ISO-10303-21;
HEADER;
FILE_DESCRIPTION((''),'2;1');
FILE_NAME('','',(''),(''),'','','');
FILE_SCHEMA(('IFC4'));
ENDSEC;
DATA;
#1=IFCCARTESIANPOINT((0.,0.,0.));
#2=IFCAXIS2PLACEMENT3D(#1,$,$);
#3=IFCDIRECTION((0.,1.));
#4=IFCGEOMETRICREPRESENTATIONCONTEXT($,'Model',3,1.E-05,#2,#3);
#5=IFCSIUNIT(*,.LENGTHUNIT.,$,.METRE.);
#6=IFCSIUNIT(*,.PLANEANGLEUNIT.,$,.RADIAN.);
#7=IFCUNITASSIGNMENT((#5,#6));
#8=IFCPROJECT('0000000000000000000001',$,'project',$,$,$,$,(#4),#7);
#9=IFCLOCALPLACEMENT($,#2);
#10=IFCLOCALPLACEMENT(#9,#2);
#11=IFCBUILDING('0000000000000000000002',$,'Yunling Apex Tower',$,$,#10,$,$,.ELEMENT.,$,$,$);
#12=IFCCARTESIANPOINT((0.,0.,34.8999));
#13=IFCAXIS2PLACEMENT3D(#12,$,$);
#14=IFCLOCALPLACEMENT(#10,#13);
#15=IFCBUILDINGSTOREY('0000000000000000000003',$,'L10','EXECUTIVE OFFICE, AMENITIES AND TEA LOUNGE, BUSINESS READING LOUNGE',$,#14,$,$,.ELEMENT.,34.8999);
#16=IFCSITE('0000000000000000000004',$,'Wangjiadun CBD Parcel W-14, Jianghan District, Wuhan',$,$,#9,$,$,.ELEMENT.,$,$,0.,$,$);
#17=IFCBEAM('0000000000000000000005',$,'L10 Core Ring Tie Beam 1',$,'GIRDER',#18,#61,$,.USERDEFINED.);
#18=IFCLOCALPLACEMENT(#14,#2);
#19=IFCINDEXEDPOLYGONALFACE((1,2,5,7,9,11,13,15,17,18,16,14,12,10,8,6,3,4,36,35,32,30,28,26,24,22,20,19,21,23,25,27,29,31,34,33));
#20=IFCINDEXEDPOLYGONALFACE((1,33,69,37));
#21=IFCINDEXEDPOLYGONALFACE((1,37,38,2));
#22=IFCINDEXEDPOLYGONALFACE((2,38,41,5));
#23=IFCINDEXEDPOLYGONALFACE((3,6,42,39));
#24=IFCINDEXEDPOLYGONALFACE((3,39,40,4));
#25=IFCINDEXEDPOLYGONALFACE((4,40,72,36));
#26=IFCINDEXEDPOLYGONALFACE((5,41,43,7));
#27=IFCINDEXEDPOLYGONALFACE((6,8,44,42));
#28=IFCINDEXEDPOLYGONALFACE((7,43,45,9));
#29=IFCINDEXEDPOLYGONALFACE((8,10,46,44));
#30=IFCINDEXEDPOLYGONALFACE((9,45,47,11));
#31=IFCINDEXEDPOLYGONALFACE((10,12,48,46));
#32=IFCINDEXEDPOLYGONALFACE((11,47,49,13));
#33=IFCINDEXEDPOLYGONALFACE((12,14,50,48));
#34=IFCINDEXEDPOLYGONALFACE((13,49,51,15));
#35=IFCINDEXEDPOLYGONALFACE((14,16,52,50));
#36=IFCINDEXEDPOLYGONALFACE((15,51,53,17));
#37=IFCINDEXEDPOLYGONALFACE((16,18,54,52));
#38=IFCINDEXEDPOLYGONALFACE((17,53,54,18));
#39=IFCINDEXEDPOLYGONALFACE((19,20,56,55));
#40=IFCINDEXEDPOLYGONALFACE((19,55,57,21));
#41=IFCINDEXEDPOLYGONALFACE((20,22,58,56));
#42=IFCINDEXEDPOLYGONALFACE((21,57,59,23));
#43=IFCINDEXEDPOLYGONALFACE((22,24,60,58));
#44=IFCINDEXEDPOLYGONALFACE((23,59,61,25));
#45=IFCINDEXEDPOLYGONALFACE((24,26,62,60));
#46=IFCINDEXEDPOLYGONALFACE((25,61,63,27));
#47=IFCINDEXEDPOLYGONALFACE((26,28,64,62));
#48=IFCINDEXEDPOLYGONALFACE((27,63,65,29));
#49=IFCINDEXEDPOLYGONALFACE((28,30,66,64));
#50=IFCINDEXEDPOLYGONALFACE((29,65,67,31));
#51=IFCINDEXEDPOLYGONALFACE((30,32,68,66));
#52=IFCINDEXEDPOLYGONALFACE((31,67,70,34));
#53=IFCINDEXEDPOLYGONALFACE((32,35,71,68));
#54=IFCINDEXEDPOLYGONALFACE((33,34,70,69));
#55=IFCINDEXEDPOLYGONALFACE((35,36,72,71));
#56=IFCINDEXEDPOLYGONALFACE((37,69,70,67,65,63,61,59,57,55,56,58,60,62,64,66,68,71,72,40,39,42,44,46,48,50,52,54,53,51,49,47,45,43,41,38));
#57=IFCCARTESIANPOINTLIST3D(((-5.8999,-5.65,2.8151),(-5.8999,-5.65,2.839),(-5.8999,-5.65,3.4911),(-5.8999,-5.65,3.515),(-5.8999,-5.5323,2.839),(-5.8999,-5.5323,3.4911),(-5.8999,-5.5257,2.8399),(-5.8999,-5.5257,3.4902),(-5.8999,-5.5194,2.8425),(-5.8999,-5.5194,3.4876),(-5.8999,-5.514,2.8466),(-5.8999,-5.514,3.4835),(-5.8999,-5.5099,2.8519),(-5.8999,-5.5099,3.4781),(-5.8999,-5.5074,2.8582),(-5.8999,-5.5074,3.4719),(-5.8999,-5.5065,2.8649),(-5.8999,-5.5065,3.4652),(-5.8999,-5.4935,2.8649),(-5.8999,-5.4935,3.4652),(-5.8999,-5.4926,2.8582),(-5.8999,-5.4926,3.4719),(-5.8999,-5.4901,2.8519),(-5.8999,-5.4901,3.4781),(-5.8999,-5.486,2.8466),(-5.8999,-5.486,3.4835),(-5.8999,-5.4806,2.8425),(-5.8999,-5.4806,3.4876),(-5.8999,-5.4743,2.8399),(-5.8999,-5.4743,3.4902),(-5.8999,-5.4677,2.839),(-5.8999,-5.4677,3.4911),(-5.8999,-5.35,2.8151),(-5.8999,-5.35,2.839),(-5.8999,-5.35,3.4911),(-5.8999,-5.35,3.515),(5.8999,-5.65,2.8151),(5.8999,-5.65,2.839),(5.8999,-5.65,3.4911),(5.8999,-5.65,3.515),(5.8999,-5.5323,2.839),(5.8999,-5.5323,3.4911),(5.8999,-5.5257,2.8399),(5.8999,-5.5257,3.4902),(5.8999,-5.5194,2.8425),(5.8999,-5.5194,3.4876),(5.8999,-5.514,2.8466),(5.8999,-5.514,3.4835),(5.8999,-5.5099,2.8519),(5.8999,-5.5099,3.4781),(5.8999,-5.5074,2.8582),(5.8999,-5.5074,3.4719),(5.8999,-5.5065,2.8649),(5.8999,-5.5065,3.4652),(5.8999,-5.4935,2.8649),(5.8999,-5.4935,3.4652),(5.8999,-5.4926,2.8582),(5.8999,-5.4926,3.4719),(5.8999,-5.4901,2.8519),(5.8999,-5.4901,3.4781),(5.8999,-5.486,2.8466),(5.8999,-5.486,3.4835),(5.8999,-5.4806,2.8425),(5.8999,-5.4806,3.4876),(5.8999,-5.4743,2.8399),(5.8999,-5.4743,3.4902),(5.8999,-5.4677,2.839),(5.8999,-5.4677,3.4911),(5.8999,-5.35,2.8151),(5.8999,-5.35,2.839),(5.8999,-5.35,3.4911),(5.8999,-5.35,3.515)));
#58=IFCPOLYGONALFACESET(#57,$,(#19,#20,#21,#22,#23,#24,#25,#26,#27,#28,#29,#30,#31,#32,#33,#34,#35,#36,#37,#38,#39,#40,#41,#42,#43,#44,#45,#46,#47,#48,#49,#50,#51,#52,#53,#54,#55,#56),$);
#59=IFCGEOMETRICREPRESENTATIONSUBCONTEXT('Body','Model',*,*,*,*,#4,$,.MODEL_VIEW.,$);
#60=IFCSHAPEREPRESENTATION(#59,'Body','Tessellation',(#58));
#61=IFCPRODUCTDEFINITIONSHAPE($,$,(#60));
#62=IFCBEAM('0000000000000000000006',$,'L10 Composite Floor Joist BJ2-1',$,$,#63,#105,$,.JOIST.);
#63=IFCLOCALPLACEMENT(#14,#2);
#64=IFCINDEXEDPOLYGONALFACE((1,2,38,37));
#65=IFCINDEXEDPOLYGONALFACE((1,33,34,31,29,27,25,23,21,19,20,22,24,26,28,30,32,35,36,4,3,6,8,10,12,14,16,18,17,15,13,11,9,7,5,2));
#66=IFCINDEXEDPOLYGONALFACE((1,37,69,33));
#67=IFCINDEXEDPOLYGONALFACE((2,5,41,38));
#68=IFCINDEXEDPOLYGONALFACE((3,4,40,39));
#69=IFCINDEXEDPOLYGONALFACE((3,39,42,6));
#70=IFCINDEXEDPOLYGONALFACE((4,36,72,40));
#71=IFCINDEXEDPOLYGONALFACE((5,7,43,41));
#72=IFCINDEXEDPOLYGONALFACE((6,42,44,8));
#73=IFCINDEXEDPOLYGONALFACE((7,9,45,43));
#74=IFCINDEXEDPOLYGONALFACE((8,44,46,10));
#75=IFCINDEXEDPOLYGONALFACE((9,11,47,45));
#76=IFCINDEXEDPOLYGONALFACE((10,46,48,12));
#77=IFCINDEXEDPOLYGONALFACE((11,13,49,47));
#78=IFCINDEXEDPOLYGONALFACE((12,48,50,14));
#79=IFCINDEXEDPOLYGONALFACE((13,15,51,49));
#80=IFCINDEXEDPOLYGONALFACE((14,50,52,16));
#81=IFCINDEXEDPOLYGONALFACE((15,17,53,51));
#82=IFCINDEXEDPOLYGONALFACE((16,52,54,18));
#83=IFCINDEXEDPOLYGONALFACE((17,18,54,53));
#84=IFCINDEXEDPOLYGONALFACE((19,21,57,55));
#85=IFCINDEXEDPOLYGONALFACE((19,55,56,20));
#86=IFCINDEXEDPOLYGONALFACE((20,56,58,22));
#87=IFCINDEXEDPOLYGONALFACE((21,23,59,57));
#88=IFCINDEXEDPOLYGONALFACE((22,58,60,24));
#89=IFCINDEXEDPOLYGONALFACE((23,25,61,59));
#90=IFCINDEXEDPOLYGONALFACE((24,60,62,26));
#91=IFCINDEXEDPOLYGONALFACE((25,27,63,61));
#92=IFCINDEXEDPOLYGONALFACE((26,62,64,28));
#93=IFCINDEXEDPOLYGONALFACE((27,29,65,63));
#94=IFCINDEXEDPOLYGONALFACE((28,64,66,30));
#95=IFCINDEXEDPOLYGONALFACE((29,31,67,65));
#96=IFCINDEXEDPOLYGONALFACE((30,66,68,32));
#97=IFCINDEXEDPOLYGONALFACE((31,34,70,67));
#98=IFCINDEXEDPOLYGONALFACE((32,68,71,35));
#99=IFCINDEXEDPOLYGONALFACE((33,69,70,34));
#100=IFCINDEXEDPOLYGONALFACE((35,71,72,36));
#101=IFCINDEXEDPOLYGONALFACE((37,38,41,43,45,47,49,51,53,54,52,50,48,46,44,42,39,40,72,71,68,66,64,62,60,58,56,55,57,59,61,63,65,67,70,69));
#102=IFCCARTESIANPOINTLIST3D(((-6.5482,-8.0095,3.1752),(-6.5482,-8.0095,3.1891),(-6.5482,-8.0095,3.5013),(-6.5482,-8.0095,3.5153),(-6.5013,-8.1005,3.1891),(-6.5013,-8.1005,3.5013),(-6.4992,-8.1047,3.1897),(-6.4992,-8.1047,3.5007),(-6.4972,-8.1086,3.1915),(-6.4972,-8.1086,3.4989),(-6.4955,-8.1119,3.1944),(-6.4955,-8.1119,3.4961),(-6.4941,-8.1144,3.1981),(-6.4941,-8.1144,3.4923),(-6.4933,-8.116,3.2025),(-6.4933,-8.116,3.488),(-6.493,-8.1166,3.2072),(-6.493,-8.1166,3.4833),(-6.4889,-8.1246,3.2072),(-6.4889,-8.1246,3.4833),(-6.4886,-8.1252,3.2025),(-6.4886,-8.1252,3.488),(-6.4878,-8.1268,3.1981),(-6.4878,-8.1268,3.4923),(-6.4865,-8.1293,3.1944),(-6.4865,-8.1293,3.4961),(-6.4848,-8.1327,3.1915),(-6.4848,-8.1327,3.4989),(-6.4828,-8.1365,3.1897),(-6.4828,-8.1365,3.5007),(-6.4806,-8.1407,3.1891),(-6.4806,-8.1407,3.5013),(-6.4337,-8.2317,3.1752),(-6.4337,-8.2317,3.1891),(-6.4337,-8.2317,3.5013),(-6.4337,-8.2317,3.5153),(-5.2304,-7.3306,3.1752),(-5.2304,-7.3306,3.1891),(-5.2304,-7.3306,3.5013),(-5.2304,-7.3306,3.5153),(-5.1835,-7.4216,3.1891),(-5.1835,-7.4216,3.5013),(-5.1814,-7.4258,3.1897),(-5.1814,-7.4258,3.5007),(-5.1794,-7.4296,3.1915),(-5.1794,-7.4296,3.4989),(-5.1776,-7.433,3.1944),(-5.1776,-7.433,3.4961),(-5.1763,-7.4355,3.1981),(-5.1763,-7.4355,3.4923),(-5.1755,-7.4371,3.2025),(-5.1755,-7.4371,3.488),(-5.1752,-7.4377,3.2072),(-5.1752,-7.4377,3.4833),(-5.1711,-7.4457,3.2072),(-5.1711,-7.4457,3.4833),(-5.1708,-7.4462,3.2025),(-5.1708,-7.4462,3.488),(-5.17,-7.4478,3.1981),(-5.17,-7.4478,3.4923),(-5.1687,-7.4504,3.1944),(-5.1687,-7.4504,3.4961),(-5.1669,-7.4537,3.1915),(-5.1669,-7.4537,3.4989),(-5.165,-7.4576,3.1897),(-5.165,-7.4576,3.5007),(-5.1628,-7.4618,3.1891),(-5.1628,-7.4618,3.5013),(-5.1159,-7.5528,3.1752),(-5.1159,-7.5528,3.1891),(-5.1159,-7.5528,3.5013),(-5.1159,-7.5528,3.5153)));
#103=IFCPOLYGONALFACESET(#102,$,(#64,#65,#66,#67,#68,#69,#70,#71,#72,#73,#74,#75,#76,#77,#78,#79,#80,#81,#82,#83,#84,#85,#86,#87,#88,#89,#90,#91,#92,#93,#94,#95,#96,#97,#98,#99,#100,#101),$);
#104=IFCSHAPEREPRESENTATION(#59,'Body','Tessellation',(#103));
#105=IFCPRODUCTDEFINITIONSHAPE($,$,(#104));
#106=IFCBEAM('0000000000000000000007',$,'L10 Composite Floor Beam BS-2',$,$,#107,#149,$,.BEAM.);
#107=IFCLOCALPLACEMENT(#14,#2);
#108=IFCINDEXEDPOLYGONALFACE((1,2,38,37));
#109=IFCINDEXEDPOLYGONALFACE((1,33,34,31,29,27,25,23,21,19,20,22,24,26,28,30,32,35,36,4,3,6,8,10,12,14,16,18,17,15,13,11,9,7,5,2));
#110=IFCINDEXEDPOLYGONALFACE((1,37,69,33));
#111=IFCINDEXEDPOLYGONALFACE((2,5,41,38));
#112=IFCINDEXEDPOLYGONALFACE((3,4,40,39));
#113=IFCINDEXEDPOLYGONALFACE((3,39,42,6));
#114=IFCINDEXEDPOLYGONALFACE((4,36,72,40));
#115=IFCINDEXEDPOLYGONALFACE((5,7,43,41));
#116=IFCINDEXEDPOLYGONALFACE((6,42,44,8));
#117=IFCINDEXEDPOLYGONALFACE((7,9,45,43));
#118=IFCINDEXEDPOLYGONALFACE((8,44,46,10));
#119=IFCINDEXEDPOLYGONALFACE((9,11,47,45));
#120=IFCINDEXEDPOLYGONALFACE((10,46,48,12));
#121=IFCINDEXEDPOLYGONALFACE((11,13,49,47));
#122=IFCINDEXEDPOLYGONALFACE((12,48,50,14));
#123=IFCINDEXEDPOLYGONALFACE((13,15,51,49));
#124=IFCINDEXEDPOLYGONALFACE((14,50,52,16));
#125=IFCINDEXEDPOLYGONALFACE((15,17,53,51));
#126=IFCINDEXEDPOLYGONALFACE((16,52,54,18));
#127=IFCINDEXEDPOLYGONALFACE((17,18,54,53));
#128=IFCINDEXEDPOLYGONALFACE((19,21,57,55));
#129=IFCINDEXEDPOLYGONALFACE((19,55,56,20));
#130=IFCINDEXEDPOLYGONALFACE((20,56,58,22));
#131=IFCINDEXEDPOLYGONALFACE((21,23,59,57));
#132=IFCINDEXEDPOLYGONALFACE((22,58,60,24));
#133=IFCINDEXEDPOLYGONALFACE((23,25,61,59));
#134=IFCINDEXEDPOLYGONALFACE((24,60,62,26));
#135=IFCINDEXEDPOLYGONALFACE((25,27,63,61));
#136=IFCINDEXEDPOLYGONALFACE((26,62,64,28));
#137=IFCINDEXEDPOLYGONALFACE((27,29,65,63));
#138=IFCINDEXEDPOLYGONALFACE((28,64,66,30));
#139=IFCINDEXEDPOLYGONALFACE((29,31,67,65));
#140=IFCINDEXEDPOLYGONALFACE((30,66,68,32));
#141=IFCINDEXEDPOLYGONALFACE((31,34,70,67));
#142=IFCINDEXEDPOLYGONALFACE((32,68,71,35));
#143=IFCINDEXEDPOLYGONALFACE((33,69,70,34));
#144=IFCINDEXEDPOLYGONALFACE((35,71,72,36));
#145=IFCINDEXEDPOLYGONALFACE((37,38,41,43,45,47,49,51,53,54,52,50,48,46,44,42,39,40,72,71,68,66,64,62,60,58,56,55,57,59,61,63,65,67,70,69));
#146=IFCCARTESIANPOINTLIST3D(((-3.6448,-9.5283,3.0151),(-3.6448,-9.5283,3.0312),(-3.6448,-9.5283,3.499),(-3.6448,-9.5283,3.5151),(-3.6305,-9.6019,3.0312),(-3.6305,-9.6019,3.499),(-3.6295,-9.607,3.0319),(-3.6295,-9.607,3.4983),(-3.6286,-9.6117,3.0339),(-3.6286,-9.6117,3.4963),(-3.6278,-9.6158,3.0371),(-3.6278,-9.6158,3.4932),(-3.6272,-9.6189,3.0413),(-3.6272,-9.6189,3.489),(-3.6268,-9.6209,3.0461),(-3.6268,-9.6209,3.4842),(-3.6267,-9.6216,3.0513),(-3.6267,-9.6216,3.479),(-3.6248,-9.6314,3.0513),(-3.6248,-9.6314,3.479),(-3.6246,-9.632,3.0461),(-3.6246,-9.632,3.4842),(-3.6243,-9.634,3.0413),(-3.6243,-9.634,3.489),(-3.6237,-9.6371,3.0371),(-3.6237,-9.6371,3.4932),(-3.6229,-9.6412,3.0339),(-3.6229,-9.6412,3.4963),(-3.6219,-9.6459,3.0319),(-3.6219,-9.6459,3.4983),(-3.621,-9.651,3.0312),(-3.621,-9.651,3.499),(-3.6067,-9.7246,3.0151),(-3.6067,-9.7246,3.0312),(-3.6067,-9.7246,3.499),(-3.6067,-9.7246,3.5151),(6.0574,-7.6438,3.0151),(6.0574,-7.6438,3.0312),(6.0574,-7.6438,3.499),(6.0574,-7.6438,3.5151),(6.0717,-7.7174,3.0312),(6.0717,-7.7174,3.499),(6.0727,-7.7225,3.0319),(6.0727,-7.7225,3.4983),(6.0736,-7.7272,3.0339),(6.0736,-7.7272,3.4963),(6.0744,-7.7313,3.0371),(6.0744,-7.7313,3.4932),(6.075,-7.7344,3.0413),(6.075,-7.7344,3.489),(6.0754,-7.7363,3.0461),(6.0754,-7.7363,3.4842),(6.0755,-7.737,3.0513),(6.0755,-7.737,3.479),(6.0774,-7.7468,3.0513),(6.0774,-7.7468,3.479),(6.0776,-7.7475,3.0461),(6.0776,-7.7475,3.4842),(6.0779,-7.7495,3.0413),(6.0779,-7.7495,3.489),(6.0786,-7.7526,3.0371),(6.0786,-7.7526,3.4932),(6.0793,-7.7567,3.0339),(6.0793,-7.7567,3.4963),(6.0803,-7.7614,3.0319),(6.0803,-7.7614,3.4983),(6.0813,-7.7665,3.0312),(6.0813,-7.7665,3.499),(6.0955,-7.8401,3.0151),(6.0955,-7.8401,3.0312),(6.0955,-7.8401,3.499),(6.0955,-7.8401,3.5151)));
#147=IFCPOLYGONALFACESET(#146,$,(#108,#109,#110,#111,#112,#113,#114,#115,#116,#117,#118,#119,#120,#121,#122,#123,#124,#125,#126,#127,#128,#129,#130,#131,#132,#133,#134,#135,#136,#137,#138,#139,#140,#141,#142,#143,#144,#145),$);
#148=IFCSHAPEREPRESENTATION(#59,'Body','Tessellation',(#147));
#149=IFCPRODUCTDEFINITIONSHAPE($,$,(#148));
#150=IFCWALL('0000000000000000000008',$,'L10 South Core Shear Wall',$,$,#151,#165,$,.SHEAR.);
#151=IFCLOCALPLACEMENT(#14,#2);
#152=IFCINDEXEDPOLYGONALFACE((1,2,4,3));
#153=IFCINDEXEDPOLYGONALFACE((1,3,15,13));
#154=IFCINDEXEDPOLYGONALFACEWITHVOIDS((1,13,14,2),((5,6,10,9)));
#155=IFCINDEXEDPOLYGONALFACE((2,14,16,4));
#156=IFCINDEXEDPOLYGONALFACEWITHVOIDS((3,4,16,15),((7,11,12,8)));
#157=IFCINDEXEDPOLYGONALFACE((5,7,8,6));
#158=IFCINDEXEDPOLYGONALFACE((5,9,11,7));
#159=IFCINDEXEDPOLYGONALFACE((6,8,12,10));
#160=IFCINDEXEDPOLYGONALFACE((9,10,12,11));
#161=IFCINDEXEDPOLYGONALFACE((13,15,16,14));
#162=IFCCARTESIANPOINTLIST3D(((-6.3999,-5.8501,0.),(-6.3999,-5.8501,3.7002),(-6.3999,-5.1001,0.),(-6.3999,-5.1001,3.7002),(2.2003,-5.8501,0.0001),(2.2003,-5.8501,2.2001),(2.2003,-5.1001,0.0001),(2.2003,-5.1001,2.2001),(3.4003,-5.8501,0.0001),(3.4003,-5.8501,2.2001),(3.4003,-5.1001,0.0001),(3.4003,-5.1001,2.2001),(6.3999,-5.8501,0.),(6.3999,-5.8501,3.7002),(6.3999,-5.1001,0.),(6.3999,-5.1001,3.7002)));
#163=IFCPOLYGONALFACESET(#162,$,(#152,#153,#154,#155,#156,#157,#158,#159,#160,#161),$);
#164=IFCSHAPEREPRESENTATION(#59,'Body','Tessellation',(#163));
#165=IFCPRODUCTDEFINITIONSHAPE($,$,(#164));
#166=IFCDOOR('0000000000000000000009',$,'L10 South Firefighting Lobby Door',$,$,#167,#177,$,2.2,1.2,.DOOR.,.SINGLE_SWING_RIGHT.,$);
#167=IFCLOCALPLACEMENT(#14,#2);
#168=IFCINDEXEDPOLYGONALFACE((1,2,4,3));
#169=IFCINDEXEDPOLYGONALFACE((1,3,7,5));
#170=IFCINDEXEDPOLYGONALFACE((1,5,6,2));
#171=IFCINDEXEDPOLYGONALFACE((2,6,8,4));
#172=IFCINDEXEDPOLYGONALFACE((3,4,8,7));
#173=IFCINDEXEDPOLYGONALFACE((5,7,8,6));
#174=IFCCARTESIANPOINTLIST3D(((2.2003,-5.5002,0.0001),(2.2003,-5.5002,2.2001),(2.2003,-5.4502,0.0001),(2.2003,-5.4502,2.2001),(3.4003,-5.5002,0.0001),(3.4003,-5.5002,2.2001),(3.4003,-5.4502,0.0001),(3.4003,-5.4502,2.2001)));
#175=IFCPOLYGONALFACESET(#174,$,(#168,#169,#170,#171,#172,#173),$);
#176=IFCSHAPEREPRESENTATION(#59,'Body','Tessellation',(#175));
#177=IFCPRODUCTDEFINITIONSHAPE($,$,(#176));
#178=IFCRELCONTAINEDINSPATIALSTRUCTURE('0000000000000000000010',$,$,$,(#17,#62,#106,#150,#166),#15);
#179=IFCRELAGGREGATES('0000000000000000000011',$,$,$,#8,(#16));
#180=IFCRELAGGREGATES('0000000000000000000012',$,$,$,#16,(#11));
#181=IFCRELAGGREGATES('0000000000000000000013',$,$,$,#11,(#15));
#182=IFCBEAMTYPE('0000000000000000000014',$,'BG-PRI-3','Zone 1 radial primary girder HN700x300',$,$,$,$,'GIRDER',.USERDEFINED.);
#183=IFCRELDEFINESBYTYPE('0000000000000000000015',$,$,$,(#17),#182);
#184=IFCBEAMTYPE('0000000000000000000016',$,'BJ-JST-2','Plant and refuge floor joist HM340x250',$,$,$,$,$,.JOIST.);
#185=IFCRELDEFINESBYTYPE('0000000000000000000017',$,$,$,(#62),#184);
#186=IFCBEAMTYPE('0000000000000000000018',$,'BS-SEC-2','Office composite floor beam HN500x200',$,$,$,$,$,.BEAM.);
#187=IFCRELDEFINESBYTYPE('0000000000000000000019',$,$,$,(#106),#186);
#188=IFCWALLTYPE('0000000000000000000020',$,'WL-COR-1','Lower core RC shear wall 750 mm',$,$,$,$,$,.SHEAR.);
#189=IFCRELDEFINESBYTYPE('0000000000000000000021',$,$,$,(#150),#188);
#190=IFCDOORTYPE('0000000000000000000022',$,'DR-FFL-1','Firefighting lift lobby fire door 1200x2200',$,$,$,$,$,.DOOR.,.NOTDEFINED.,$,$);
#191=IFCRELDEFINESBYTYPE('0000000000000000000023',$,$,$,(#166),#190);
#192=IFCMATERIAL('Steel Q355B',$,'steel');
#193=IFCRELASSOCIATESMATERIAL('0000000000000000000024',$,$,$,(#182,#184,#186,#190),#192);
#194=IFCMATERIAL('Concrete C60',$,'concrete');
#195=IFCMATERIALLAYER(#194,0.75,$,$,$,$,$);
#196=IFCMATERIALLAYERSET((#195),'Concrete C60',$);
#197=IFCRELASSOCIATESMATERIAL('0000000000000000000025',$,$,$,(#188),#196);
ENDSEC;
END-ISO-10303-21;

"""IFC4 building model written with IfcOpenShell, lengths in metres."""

from ifc_helpers import new_model, si_unit, direction, frame, frame_2d, origin, origin_2d, place, context, subcontext, project, spatial, rectangle, i_section, extrude, source, transform, mapped, material, layer, layer_set, material_profile, profile_set, type_object, element, fill, save


model = new_model("IFC4")

# Units and contexts
model_context = context("Model", 3, precision=1e-05, world=origin(), true_north=direction((0.0, 1.0)))
body_context = subcontext(model_context, "Body", "Model", "MODEL_VIEW")
ifc_project = project(units=[si_unit("LENGTHUNIT", "METRE"), si_unit("PLANEANGLEUNIT", "RADIAN")], contexts=[model_context])

# Site, building, storey
site_placement = place(None, origin())
site = spatial("IfcSite", under=ifc_project, at=site_placement, Name="Wangjiadun CBD Parcel W-14, Jianghan District, Wuhan", CompositionType="ELEMENT", RefElevation=0.0)
building_placement = place(site_placement, origin())
building = spatial("IfcBuilding", under=site, at=building_placement, Name="Yunling Apex Tower", CompositionType="ELEMENT")
storey_placement = place(building_placement, frame((0.0, 0.0, 34.8999)))
storey = spatial("IfcBuildingStorey", under=building, at=storey_placement, Name="L10", Description="EXECUTIVE OFFICE, AMENITIES AND TEA LOUNGE, BUSINESS READING LOUNGE", CompositionType="ELEMENT", Elevation=34.8999)

# Shared definitions
ifc_material_1 = material(Name="Concrete C60", Category="concrete")

# Beams
ifc_material_2 = material(Name="Steel Q355B", Category="steel")
ifc_material_profile_1 = material_profile(ifc_material_2, i_section(OverallWidth=0.3, OverallDepth=0.7, WebThickness=0.0129, FlangeThickness=0.0239, FilletRadius=0.0259, at=origin_2d()))
ifc_profile_set_1 = profile_set([ifc_material_profile_1], Name="Steel Q355B")
beam_type_1 = type_object("IfcBeamType", Name="BG-PRI-3", Description="Zone 1 radial primary girder HN700x300", ElementType="GIRDER", PredefinedType="USERDEFINED", material=ifc_profile_set_1)
shared_shape_1 = source(origin(), body_context, "Body", "SweptSolid", [
    extrude(i_section(OverallWidth=0.3, OverallDepth=0.7, WebThickness=0.0129, FlangeThickness=0.0239, FilletRadius=0.0259, at=origin_2d()), origin(), (0.0, 0.0, 1.0), 11.7998),
])
beam_1_placement = place(storey_placement, frame((-5.8999, -5.5, 3.165), z_axis=(1.0, 0.0, 0.0), x_axis=(0.0, 1.0, 0.0)))
element("IfcBeam", 1, at=beam_1_placement, inside=storey, type_object=beam_type_1, Name="L10 Core Ring Tie Beam 1", ObjectType="GIRDER", PredefinedType="USERDEFINED", context=body_context, shape_type="MappedRepresentation", body=[
    mapped(shared_shape_1, transform((0.0, 0.0, 0.0), scale=1.0)),
])
ifc_material_profile_2 = material_profile(ifc_material_2, i_section(OverallWidth=0.25, OverallDepth=0.3401, WebThickness=0.009, FlangeThickness=0.0139, FilletRadius=0.0181, at=origin_2d()))
ifc_profile_set_2 = profile_set([ifc_material_profile_2], Name="Steel Q355B")
beam_type_2 = type_object("IfcBeamType", Name="BJ-JST-2", Description="Plant and refuge floor joist HM340x250", PredefinedType="JOIST", material=ifc_profile_set_2)
shared_shape_2 = source(origin(), body_context, "Body", "SweptSolid", [
    extrude(i_section(OverallWidth=0.25, OverallDepth=0.3401, WebThickness=0.009, FlangeThickness=0.0139, FilletRadius=0.0181, at=origin_2d()), origin(), (0.0, 0.0, 1.0), 1.4824),
])
beam_2_placement = place(storey_placement, frame((-6.491, -8.1206, 3.3452), z_axis=(0.88896, 0.457984, 0.0), x_axis=(-0.457984, 0.88896, 0.0)))
element("IfcBeam", 2, at=beam_2_placement, inside=storey, type_object=beam_type_2, Name="L10 Composite Floor Joist BJ2-1", PredefinedType="JOIST", context=body_context, shape_type="MappedRepresentation", body=[
    mapped(shared_shape_2, transform((0.0, 0.0, 0.0), scale=1.0)),
])
ifc_material_profile_3 = material_profile(ifc_material_2, i_section(OverallWidth=0.2, OverallDepth=0.5, WebThickness=0.01, FlangeThickness=0.0161, FilletRadius=0.02, at=origin_2d()))
ifc_profile_set_3 = profile_set([ifc_material_profile_3], Name="Steel Q355B")
beam_type_3 = type_object("IfcBeamType", Name="BS-SEC-2", Description="Office composite floor beam HN500x200", PredefinedType="BEAM", material=ifc_profile_set_3)
shared_shape_3 = source(origin(), body_context, "Body", "SweptSolid", [
    extrude(i_section(OverallWidth=0.2, OverallDepth=0.5, WebThickness=0.01, FlangeThickness=0.0161, FilletRadius=0.02, at=origin_2d()), origin(), (0.0, 0.0, 1.0), 9.8835),
])
beam_3_placement = place(storey_placement, frame((-3.6257, -9.6265, 3.2651), z_axis=(0.981653, 0.190674, 0.0), x_axis=(-0.190674, 0.981653, 0.0)))
element("IfcBeam", 3, at=beam_3_placement, inside=storey, type_object=beam_type_3, Name="L10 Composite Floor Beam BS-2", PredefinedType="BEAM", context=body_context, shape_type="MappedRepresentation", body=[
    mapped(shared_shape_3, transform((0.0, 0.0, 0.0), scale=1.0)),
])

# Wall, opening, door
ifc_layer_1 = layer(ifc_material_1, 0.75)
ifc_layer_set_1 = layer_set([ifc_layer_1], Name="Concrete C60")
wall_type_1 = type_object("IfcWallType", Name="WL-COR-1", Description="Lower core RC shear wall 750 mm", PredefinedType="SHEAR", material=ifc_layer_set_1)
wall_1_placement = place(storey_placement, frame((-6.3999, -5.4751, 0.0), z_axis=(0.0, 0.0, 1.0), x_axis=(1.0, 0.0, 0.0)))
wall_1 = element("IfcWall", 4, at=wall_1_placement, inside=storey, type_object=wall_type_1, Name="L10 South Core Shear Wall", PredefinedType="SHEAR", context=body_context, shape_type="SweptSolid", body=[
    extrude(rectangle(XDim=12.7998, YDim=0.75, at=frame_2d((6.3999, 0.0))), origin(), (0.0, 0.0, 1.0), 3.7002),
])
opening_1_placement = place(wall_1_placement, frame((8.6001, 0.0, 0.0)))
opening_1 = element("IfcOpeningElement", 5, at=opening_1_placement, cuts=wall_1, PredefinedType="OPENING", context=body_context, shape_type="SweptSolid", body=[
    extrude(rectangle(XDim=1.2, YDim=2.2, at=frame_2d((0.6001, 1.1001))), frame((0.0, 0.385, 0.0), z_axis=(0.0, -1.0, 0.0), x_axis=(1.0, 0.0, 0.0)), (0.0, 0.0, 1.0), 0.77),
])
door_type_1 = type_object("IfcDoorType", Name="DR-FFL-1", Description="Firefighting lift lobby fire door 1200x2200", OperationType="NOTDEFINED", PredefinedType="DOOR", material=ifc_material_2)
door_1_placement = place(opening_1_placement, origin())
door_1 = element("IfcDoor", 6, at=door_1_placement, inside=storey, type_object=door_type_1, Name="L10 South Firefighting Lobby Door", OperationType="SINGLE_SWING_RIGHT", OverallHeight=2.2, OverallWidth=1.2, PredefinedType="DOOR", context=body_context, shape_type="SweptSolid", body=[
    extrude(rectangle(XDim=1.2, YDim=2.2, at=frame_2d((0.6001, 1.1001))), frame((0.0, 0.0249, 0.0), z_axis=(0.0, -1.0, 0.0), x_axis=(1.0, 0.0, 0.0)), (0.0, 0.0, 1.0), 0.05),
])
fill(opening_1, door_1)

save(model, "model.ifc")
